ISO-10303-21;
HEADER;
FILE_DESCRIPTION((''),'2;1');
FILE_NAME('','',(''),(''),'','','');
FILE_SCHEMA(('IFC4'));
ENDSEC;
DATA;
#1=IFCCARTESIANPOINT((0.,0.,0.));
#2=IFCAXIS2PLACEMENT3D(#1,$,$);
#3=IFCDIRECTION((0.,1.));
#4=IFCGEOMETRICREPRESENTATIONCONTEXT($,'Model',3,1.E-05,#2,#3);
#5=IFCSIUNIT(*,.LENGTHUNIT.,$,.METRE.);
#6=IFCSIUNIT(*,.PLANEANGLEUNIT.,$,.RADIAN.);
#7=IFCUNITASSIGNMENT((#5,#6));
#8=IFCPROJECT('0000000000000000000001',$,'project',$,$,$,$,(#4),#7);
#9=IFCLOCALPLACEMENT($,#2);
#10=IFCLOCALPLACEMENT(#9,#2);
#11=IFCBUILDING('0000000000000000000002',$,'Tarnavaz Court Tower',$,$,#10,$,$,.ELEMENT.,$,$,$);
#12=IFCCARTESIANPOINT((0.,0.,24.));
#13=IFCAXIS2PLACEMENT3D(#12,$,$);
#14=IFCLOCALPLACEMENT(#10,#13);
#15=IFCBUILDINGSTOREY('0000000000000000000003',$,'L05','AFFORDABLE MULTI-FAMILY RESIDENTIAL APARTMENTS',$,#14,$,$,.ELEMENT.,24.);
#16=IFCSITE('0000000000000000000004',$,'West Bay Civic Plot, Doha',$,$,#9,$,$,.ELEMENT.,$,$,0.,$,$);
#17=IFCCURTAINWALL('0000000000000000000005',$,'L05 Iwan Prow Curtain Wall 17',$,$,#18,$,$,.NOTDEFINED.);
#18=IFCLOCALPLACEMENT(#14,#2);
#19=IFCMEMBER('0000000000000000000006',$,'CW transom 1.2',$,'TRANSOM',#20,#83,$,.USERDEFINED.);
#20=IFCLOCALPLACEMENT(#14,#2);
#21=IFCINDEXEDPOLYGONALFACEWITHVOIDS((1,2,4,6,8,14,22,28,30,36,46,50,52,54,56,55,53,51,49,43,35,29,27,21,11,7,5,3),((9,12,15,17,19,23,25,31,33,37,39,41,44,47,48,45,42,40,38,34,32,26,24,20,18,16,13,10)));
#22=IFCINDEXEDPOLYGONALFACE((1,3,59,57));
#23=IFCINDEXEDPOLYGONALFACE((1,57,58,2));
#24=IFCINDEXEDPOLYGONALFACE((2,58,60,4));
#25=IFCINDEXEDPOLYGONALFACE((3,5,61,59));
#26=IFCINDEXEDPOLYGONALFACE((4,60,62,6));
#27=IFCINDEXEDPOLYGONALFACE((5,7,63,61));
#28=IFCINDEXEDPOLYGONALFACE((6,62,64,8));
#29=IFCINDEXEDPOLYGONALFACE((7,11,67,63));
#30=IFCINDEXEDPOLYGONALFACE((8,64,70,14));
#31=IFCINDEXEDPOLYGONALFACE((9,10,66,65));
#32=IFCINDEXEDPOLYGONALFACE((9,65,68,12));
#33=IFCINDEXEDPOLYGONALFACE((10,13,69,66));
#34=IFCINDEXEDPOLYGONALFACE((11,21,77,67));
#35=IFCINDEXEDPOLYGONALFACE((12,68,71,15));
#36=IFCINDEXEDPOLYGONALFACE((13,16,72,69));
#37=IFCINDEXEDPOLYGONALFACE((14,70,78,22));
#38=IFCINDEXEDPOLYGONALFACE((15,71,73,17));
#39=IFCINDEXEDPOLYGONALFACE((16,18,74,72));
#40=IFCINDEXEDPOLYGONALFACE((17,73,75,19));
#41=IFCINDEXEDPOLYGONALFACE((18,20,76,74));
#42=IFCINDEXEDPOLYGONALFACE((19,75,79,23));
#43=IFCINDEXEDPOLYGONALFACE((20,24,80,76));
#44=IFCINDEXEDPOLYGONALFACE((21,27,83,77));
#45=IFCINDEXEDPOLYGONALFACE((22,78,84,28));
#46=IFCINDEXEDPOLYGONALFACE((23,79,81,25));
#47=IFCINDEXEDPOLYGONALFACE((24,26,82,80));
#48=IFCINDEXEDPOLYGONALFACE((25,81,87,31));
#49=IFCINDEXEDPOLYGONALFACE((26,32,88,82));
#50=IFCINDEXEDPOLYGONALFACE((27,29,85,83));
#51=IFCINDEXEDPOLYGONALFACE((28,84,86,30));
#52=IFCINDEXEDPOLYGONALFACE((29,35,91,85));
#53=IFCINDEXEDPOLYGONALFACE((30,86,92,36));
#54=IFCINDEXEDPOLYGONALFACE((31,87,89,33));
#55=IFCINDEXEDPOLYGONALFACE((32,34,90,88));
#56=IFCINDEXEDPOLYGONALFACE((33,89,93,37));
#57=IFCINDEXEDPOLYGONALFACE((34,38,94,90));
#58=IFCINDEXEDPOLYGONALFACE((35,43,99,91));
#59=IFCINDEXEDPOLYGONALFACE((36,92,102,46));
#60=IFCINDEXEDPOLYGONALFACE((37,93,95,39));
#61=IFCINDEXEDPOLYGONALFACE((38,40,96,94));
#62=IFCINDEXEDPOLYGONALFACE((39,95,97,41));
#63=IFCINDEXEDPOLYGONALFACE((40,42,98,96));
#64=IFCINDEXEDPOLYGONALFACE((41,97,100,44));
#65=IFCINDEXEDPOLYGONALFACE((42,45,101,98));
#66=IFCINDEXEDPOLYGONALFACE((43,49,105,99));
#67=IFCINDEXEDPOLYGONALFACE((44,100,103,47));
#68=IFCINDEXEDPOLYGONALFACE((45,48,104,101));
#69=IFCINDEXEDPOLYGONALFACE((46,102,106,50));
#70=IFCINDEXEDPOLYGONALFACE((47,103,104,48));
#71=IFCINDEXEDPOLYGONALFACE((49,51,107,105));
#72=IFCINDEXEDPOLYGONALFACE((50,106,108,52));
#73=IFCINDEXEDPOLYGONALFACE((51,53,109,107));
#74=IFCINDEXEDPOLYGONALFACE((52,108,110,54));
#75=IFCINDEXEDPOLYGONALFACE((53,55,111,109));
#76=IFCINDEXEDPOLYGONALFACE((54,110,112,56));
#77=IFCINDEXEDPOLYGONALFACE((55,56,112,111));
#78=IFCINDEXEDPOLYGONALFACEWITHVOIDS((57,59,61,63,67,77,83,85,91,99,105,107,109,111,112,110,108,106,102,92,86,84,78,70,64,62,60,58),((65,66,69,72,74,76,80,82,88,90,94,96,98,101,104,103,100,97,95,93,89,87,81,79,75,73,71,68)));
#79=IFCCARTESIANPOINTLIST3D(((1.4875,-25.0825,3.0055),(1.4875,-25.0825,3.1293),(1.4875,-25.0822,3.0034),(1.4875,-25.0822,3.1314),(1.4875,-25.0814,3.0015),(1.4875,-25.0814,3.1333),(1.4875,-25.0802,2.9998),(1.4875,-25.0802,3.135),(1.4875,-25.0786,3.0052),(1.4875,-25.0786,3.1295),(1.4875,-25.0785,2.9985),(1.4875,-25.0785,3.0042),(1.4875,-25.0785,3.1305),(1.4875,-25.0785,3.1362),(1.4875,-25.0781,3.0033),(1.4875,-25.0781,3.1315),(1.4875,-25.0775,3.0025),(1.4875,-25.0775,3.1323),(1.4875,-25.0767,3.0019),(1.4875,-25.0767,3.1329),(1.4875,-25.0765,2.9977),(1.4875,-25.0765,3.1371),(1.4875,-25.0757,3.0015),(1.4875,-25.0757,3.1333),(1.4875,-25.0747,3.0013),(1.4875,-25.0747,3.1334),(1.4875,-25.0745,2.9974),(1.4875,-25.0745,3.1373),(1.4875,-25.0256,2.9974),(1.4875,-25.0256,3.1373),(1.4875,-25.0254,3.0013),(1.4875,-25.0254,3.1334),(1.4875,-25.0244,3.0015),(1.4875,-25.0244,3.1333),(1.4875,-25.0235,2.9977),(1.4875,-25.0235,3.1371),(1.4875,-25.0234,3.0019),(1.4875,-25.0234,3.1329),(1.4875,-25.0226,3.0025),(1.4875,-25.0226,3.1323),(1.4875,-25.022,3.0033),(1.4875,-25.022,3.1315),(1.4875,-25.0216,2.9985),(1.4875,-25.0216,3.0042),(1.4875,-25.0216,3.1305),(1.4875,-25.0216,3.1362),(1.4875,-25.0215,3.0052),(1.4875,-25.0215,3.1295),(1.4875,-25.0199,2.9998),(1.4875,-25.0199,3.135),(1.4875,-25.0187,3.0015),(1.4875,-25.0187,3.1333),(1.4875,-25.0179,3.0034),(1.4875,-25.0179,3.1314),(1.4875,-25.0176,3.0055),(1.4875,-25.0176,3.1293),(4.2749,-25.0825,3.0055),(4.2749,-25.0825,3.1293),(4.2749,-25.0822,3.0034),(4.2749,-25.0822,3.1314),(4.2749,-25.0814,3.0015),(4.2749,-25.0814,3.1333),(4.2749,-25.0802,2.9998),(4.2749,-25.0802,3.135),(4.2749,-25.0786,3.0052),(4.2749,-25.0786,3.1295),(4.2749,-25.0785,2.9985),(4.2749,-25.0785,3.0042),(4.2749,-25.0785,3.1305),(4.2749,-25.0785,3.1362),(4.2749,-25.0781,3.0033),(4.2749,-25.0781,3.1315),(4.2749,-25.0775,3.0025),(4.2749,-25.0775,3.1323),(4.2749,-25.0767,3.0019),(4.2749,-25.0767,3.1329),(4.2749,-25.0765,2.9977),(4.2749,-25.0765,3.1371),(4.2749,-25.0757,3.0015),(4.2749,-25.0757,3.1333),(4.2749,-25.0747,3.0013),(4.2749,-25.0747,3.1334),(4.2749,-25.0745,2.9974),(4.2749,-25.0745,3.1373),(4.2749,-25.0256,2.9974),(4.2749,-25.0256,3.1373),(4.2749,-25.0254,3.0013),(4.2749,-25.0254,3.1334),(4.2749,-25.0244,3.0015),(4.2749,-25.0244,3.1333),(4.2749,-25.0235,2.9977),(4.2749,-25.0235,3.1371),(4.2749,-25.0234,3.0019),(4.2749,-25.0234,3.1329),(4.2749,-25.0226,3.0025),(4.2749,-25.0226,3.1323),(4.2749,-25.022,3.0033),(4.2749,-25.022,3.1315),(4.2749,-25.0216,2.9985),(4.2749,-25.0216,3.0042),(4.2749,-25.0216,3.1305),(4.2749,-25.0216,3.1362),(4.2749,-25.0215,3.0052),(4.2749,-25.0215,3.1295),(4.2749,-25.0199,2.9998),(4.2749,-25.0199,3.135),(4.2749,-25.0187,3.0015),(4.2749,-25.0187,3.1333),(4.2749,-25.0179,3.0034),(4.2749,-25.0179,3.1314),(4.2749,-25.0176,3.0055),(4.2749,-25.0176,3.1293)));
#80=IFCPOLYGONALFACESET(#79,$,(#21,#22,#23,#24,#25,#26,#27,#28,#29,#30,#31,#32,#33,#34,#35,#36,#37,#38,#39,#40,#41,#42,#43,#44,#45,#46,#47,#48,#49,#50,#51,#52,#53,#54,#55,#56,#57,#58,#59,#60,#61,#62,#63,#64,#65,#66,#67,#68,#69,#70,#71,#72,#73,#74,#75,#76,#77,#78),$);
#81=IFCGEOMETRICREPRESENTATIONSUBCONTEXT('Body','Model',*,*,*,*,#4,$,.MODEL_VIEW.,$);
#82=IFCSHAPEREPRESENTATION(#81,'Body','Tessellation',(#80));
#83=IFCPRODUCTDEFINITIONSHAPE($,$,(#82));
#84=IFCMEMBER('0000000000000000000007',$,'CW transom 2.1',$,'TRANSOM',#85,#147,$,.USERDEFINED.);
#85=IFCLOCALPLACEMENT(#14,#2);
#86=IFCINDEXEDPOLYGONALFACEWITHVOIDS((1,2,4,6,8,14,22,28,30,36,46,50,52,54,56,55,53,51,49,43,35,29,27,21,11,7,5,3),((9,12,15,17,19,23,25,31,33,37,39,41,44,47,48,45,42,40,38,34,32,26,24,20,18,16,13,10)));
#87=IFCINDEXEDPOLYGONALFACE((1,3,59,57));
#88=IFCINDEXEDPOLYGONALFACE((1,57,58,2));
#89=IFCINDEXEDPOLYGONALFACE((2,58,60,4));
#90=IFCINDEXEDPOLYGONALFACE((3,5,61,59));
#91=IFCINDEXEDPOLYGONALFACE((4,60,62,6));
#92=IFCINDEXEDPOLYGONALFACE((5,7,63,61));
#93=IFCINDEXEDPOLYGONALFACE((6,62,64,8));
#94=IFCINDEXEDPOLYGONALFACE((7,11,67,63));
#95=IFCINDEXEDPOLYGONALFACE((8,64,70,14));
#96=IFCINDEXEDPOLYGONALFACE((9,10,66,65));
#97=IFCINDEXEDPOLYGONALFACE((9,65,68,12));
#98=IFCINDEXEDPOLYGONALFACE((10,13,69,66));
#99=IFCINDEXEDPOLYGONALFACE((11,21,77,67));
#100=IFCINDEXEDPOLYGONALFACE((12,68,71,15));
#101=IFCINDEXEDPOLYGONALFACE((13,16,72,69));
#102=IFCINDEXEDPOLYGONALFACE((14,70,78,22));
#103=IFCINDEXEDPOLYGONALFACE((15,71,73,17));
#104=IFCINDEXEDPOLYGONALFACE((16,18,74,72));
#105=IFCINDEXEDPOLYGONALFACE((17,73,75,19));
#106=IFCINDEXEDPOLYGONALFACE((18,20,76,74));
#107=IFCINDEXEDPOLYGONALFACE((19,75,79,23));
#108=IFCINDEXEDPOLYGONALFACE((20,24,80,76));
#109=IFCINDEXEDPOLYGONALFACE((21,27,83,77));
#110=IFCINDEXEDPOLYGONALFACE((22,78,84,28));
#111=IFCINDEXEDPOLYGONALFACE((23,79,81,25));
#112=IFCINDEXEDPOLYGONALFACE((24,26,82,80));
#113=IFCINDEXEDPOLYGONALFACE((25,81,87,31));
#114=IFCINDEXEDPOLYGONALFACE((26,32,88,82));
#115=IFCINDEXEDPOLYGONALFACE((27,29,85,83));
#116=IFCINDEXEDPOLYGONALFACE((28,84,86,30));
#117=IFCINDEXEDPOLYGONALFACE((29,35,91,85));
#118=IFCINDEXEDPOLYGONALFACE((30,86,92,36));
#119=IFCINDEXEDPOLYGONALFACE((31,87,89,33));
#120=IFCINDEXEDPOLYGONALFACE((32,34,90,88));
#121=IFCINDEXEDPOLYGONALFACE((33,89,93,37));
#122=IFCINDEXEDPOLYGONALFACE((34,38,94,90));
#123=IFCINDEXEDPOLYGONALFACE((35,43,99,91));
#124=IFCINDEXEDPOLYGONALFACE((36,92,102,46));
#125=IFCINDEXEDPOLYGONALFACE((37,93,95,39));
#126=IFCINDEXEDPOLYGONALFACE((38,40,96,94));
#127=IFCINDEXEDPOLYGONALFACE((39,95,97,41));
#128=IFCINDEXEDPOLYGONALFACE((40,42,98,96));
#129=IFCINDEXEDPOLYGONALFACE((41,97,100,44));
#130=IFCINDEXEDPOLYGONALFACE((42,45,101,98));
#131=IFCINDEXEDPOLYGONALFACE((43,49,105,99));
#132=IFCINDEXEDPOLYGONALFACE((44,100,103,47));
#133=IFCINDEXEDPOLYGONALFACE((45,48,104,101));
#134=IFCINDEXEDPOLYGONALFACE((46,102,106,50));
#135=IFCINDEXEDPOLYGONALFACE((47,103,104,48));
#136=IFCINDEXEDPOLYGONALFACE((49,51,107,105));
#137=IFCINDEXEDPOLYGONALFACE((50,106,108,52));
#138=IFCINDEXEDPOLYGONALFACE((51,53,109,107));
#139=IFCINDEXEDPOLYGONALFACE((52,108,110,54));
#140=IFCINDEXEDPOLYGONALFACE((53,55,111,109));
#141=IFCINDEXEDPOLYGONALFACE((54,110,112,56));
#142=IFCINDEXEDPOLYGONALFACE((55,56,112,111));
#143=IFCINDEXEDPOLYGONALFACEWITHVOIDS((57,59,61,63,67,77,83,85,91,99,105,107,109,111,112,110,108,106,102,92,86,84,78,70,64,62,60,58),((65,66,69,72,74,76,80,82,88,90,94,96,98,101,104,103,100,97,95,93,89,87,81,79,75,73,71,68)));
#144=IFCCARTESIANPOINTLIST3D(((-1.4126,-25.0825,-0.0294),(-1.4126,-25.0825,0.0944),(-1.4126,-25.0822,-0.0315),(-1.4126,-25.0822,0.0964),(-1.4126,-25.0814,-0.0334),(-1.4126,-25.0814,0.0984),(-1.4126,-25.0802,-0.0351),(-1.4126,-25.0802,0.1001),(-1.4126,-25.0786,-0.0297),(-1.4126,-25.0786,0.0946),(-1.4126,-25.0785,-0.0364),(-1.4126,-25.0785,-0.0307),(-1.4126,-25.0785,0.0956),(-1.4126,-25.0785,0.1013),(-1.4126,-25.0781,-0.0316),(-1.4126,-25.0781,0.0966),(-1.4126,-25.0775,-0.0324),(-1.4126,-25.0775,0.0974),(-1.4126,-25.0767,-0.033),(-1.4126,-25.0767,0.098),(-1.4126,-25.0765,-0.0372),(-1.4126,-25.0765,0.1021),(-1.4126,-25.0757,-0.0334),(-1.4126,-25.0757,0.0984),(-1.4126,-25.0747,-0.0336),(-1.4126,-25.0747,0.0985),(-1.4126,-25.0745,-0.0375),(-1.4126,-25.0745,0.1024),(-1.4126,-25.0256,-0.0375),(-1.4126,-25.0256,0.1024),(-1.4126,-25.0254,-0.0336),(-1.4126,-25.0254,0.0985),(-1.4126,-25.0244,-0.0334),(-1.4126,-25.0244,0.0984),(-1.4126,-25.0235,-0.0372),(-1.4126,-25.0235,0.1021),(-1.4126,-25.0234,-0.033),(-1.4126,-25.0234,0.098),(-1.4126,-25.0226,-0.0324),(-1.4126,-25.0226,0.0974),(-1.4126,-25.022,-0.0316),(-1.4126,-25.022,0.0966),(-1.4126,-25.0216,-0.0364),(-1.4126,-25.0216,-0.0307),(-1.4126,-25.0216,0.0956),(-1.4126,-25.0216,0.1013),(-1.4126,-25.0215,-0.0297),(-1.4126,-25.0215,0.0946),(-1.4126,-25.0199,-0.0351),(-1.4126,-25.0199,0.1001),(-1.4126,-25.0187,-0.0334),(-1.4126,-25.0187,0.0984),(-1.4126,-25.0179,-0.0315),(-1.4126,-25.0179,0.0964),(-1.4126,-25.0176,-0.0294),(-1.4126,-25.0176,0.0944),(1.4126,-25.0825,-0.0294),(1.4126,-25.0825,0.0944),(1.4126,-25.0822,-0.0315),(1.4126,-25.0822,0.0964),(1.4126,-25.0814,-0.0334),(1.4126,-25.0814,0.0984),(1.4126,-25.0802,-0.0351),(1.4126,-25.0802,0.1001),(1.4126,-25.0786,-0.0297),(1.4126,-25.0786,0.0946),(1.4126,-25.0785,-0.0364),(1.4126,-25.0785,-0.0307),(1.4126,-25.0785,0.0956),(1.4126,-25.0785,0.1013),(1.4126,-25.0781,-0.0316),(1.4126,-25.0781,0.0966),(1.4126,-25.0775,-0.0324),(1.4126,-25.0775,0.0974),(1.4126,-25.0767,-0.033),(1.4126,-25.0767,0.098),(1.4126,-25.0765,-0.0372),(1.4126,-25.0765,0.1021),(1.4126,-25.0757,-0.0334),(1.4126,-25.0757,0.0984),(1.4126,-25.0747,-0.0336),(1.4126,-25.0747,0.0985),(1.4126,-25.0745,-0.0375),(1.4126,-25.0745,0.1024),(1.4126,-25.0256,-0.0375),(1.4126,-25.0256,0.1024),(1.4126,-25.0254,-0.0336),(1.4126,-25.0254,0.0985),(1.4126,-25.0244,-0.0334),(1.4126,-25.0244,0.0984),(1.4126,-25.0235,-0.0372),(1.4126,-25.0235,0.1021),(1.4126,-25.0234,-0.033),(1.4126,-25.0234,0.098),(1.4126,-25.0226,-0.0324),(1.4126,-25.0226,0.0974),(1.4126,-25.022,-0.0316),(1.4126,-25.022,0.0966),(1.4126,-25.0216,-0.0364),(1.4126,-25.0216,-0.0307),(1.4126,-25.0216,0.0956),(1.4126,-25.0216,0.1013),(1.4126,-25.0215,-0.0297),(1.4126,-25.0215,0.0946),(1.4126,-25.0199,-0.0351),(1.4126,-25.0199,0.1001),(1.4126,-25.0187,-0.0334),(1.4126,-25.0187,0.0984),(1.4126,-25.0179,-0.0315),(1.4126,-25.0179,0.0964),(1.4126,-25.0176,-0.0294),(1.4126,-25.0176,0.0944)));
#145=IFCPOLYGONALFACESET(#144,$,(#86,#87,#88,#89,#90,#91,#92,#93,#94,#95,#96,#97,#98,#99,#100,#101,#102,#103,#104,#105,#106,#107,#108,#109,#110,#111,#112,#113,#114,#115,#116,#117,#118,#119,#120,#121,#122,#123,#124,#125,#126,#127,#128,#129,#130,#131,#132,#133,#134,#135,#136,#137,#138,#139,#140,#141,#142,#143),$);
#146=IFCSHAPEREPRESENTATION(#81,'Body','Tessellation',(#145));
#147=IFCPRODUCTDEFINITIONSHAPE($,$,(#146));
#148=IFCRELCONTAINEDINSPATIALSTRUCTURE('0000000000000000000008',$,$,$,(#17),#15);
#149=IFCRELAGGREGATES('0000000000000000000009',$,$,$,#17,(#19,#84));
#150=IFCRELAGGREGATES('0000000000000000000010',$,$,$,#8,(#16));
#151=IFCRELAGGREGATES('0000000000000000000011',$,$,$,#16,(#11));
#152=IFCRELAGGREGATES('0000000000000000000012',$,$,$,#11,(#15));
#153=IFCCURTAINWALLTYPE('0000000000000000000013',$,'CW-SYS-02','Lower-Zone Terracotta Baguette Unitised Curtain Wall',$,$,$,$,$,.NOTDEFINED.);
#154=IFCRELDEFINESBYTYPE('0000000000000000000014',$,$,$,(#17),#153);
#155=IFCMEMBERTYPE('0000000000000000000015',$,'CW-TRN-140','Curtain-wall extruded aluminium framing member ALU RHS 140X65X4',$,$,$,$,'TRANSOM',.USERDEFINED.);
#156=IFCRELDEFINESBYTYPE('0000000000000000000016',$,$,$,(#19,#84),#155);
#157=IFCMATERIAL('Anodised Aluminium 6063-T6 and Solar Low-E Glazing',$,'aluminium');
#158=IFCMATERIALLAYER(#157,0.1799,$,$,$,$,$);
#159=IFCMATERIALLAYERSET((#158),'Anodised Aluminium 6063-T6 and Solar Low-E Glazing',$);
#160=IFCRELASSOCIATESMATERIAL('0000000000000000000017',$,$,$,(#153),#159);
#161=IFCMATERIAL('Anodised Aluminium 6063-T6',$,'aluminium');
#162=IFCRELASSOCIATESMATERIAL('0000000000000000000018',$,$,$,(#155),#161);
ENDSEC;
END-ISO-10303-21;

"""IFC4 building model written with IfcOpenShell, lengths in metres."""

from ifc_helpers import new_model, si_unit, direction, frame, origin, origin_2d, place, context, subcontext, project, spatial, hollow_rectangle, extrude, material, layer, layer_set, material_profile, profile_set, type_object, element, aggregate, save


model = new_model("IFC4")

# Units and contexts
model_context = context("Model", 3, precision=1e-05, world=origin(), true_north=direction((0.0, 1.0)))
body_context = subcontext(model_context, "Body", "Model", "MODEL_VIEW")
ifc_project = project(units=[si_unit("LENGTHUNIT", "METRE"), si_unit("PLANEANGLEUNIT", "RADIAN")], contexts=[model_context])

# Site, building, storey
site_placement = place(None, origin())
site = spatial("IfcSite", under=ifc_project, at=site_placement, Name="West Bay Civic Plot, Doha", CompositionType="ELEMENT", RefElevation=0.0)
building_placement = place(site_placement, origin())
building = spatial("IfcBuilding", under=site, at=building_placement, Name="Tarnavaz Court Tower", CompositionType="ELEMENT")
storey_placement = place(building_placement, frame((0.0, 0.0, 24.0)))
storey = spatial("IfcBuildingStorey", under=building, at=storey_placement, Name="L05", Description="AFFORDABLE MULTI-FAMILY RESIDENTIAL APARTMENTS", CompositionType="ELEMENT", Elevation=24.0)

# Curtain wall, members
ifc_material_1 = material(Name="Anodised Aluminium 6063-T6 and Solar Low-E Glazing", Category="aluminium")
ifc_layer_1 = layer(ifc_material_1, 0.1799)
ifc_layer_set_1 = layer_set([ifc_layer_1], Name="Anodised Aluminium 6063-T6 and Solar Low-E Glazing")
curtain_wall_type = type_object("IfcCurtainWallType", Name="CW-SYS-02", Description="Lower-Zone Terracotta Baguette Unitised Curtain Wall", PredefinedType="NOTDEFINED", material=ifc_layer_set_1)
curtain_wall_placement = place(storey_placement, origin())
curtain_wall = element("IfcCurtainWall", 1, at=curtain_wall_placement, inside=storey, type_object=curtain_wall_type, Name="L05 Iwan Prow Curtain Wall 17", PredefinedType="NOTDEFINED")
ifc_material_2 = material(Name="Anodised Aluminium 6063-T6", Category="aluminium")
ifc_material_profile_1 = material_profile(ifc_material_2, hollow_rectangle(XDim=0.0649, YDim=0.1399, WallThickness=0.0039, InnerFilletRadius=0.0039, OuterFilletRadius=0.0081, at=origin_2d()), Name="ALU RHS 140X65X4")
ifc_profile_set_1 = profile_set([ifc_material_profile_1], Name="Anodised Aluminium 6063-T6")
member_type_1 = type_object("IfcMemberType", Name="CW-TRN-140", Description="Curtain-wall extruded aluminium framing member ALU RHS 140X65X4", ElementType="TRANSOM", PredefinedType="USERDEFINED", material=ifc_profile_set_1)
member_1_placement = place(storey_placement, frame((4.2749, -25.05, 3.0674), z_axis=(-1.0, 0.0, 0.0), x_axis=(0.0, -1.0, 0.0)))
member_1 = element("IfcMember", 2, at=member_1_placement, type_object=member_type_1, Name="CW transom 1.2", ObjectType="TRANSOM", PredefinedType="USERDEFINED", context=body_context, shape_type="SweptSolid", body=[
    extrude(hollow_rectangle(XDim=0.0649, YDim=0.1399, WallThickness=0.0039, InnerFilletRadius=0.0039, OuterFilletRadius=0.0081, at=origin_2d()), origin(), (0.0, 0.0, 1.0), 2.7874),
])
member_2_placement = place(storey_placement, frame((1.4126, -25.05, 0.0325), z_axis=(-1.0, 0.0, 0.0), x_axis=(0.0, -1.0, 0.0)))
member_2 = element("IfcMember", 3, at=member_2_placement, type_object=member_type_1, Name="CW transom 2.1", ObjectType="TRANSOM", PredefinedType="USERDEFINED", context=body_context, shape_type="SweptSolid", body=[
    extrude(hollow_rectangle(XDim=0.0649, YDim=0.1399, WallThickness=0.0039, InnerFilletRadius=0.0039, OuterFilletRadius=0.0081, at=origin_2d()), origin(), (0.0, 0.0, 1.0), 2.8252),
])
aggregate(curtain_wall, [member_1, member_2])

save(model, "model.ifc")
